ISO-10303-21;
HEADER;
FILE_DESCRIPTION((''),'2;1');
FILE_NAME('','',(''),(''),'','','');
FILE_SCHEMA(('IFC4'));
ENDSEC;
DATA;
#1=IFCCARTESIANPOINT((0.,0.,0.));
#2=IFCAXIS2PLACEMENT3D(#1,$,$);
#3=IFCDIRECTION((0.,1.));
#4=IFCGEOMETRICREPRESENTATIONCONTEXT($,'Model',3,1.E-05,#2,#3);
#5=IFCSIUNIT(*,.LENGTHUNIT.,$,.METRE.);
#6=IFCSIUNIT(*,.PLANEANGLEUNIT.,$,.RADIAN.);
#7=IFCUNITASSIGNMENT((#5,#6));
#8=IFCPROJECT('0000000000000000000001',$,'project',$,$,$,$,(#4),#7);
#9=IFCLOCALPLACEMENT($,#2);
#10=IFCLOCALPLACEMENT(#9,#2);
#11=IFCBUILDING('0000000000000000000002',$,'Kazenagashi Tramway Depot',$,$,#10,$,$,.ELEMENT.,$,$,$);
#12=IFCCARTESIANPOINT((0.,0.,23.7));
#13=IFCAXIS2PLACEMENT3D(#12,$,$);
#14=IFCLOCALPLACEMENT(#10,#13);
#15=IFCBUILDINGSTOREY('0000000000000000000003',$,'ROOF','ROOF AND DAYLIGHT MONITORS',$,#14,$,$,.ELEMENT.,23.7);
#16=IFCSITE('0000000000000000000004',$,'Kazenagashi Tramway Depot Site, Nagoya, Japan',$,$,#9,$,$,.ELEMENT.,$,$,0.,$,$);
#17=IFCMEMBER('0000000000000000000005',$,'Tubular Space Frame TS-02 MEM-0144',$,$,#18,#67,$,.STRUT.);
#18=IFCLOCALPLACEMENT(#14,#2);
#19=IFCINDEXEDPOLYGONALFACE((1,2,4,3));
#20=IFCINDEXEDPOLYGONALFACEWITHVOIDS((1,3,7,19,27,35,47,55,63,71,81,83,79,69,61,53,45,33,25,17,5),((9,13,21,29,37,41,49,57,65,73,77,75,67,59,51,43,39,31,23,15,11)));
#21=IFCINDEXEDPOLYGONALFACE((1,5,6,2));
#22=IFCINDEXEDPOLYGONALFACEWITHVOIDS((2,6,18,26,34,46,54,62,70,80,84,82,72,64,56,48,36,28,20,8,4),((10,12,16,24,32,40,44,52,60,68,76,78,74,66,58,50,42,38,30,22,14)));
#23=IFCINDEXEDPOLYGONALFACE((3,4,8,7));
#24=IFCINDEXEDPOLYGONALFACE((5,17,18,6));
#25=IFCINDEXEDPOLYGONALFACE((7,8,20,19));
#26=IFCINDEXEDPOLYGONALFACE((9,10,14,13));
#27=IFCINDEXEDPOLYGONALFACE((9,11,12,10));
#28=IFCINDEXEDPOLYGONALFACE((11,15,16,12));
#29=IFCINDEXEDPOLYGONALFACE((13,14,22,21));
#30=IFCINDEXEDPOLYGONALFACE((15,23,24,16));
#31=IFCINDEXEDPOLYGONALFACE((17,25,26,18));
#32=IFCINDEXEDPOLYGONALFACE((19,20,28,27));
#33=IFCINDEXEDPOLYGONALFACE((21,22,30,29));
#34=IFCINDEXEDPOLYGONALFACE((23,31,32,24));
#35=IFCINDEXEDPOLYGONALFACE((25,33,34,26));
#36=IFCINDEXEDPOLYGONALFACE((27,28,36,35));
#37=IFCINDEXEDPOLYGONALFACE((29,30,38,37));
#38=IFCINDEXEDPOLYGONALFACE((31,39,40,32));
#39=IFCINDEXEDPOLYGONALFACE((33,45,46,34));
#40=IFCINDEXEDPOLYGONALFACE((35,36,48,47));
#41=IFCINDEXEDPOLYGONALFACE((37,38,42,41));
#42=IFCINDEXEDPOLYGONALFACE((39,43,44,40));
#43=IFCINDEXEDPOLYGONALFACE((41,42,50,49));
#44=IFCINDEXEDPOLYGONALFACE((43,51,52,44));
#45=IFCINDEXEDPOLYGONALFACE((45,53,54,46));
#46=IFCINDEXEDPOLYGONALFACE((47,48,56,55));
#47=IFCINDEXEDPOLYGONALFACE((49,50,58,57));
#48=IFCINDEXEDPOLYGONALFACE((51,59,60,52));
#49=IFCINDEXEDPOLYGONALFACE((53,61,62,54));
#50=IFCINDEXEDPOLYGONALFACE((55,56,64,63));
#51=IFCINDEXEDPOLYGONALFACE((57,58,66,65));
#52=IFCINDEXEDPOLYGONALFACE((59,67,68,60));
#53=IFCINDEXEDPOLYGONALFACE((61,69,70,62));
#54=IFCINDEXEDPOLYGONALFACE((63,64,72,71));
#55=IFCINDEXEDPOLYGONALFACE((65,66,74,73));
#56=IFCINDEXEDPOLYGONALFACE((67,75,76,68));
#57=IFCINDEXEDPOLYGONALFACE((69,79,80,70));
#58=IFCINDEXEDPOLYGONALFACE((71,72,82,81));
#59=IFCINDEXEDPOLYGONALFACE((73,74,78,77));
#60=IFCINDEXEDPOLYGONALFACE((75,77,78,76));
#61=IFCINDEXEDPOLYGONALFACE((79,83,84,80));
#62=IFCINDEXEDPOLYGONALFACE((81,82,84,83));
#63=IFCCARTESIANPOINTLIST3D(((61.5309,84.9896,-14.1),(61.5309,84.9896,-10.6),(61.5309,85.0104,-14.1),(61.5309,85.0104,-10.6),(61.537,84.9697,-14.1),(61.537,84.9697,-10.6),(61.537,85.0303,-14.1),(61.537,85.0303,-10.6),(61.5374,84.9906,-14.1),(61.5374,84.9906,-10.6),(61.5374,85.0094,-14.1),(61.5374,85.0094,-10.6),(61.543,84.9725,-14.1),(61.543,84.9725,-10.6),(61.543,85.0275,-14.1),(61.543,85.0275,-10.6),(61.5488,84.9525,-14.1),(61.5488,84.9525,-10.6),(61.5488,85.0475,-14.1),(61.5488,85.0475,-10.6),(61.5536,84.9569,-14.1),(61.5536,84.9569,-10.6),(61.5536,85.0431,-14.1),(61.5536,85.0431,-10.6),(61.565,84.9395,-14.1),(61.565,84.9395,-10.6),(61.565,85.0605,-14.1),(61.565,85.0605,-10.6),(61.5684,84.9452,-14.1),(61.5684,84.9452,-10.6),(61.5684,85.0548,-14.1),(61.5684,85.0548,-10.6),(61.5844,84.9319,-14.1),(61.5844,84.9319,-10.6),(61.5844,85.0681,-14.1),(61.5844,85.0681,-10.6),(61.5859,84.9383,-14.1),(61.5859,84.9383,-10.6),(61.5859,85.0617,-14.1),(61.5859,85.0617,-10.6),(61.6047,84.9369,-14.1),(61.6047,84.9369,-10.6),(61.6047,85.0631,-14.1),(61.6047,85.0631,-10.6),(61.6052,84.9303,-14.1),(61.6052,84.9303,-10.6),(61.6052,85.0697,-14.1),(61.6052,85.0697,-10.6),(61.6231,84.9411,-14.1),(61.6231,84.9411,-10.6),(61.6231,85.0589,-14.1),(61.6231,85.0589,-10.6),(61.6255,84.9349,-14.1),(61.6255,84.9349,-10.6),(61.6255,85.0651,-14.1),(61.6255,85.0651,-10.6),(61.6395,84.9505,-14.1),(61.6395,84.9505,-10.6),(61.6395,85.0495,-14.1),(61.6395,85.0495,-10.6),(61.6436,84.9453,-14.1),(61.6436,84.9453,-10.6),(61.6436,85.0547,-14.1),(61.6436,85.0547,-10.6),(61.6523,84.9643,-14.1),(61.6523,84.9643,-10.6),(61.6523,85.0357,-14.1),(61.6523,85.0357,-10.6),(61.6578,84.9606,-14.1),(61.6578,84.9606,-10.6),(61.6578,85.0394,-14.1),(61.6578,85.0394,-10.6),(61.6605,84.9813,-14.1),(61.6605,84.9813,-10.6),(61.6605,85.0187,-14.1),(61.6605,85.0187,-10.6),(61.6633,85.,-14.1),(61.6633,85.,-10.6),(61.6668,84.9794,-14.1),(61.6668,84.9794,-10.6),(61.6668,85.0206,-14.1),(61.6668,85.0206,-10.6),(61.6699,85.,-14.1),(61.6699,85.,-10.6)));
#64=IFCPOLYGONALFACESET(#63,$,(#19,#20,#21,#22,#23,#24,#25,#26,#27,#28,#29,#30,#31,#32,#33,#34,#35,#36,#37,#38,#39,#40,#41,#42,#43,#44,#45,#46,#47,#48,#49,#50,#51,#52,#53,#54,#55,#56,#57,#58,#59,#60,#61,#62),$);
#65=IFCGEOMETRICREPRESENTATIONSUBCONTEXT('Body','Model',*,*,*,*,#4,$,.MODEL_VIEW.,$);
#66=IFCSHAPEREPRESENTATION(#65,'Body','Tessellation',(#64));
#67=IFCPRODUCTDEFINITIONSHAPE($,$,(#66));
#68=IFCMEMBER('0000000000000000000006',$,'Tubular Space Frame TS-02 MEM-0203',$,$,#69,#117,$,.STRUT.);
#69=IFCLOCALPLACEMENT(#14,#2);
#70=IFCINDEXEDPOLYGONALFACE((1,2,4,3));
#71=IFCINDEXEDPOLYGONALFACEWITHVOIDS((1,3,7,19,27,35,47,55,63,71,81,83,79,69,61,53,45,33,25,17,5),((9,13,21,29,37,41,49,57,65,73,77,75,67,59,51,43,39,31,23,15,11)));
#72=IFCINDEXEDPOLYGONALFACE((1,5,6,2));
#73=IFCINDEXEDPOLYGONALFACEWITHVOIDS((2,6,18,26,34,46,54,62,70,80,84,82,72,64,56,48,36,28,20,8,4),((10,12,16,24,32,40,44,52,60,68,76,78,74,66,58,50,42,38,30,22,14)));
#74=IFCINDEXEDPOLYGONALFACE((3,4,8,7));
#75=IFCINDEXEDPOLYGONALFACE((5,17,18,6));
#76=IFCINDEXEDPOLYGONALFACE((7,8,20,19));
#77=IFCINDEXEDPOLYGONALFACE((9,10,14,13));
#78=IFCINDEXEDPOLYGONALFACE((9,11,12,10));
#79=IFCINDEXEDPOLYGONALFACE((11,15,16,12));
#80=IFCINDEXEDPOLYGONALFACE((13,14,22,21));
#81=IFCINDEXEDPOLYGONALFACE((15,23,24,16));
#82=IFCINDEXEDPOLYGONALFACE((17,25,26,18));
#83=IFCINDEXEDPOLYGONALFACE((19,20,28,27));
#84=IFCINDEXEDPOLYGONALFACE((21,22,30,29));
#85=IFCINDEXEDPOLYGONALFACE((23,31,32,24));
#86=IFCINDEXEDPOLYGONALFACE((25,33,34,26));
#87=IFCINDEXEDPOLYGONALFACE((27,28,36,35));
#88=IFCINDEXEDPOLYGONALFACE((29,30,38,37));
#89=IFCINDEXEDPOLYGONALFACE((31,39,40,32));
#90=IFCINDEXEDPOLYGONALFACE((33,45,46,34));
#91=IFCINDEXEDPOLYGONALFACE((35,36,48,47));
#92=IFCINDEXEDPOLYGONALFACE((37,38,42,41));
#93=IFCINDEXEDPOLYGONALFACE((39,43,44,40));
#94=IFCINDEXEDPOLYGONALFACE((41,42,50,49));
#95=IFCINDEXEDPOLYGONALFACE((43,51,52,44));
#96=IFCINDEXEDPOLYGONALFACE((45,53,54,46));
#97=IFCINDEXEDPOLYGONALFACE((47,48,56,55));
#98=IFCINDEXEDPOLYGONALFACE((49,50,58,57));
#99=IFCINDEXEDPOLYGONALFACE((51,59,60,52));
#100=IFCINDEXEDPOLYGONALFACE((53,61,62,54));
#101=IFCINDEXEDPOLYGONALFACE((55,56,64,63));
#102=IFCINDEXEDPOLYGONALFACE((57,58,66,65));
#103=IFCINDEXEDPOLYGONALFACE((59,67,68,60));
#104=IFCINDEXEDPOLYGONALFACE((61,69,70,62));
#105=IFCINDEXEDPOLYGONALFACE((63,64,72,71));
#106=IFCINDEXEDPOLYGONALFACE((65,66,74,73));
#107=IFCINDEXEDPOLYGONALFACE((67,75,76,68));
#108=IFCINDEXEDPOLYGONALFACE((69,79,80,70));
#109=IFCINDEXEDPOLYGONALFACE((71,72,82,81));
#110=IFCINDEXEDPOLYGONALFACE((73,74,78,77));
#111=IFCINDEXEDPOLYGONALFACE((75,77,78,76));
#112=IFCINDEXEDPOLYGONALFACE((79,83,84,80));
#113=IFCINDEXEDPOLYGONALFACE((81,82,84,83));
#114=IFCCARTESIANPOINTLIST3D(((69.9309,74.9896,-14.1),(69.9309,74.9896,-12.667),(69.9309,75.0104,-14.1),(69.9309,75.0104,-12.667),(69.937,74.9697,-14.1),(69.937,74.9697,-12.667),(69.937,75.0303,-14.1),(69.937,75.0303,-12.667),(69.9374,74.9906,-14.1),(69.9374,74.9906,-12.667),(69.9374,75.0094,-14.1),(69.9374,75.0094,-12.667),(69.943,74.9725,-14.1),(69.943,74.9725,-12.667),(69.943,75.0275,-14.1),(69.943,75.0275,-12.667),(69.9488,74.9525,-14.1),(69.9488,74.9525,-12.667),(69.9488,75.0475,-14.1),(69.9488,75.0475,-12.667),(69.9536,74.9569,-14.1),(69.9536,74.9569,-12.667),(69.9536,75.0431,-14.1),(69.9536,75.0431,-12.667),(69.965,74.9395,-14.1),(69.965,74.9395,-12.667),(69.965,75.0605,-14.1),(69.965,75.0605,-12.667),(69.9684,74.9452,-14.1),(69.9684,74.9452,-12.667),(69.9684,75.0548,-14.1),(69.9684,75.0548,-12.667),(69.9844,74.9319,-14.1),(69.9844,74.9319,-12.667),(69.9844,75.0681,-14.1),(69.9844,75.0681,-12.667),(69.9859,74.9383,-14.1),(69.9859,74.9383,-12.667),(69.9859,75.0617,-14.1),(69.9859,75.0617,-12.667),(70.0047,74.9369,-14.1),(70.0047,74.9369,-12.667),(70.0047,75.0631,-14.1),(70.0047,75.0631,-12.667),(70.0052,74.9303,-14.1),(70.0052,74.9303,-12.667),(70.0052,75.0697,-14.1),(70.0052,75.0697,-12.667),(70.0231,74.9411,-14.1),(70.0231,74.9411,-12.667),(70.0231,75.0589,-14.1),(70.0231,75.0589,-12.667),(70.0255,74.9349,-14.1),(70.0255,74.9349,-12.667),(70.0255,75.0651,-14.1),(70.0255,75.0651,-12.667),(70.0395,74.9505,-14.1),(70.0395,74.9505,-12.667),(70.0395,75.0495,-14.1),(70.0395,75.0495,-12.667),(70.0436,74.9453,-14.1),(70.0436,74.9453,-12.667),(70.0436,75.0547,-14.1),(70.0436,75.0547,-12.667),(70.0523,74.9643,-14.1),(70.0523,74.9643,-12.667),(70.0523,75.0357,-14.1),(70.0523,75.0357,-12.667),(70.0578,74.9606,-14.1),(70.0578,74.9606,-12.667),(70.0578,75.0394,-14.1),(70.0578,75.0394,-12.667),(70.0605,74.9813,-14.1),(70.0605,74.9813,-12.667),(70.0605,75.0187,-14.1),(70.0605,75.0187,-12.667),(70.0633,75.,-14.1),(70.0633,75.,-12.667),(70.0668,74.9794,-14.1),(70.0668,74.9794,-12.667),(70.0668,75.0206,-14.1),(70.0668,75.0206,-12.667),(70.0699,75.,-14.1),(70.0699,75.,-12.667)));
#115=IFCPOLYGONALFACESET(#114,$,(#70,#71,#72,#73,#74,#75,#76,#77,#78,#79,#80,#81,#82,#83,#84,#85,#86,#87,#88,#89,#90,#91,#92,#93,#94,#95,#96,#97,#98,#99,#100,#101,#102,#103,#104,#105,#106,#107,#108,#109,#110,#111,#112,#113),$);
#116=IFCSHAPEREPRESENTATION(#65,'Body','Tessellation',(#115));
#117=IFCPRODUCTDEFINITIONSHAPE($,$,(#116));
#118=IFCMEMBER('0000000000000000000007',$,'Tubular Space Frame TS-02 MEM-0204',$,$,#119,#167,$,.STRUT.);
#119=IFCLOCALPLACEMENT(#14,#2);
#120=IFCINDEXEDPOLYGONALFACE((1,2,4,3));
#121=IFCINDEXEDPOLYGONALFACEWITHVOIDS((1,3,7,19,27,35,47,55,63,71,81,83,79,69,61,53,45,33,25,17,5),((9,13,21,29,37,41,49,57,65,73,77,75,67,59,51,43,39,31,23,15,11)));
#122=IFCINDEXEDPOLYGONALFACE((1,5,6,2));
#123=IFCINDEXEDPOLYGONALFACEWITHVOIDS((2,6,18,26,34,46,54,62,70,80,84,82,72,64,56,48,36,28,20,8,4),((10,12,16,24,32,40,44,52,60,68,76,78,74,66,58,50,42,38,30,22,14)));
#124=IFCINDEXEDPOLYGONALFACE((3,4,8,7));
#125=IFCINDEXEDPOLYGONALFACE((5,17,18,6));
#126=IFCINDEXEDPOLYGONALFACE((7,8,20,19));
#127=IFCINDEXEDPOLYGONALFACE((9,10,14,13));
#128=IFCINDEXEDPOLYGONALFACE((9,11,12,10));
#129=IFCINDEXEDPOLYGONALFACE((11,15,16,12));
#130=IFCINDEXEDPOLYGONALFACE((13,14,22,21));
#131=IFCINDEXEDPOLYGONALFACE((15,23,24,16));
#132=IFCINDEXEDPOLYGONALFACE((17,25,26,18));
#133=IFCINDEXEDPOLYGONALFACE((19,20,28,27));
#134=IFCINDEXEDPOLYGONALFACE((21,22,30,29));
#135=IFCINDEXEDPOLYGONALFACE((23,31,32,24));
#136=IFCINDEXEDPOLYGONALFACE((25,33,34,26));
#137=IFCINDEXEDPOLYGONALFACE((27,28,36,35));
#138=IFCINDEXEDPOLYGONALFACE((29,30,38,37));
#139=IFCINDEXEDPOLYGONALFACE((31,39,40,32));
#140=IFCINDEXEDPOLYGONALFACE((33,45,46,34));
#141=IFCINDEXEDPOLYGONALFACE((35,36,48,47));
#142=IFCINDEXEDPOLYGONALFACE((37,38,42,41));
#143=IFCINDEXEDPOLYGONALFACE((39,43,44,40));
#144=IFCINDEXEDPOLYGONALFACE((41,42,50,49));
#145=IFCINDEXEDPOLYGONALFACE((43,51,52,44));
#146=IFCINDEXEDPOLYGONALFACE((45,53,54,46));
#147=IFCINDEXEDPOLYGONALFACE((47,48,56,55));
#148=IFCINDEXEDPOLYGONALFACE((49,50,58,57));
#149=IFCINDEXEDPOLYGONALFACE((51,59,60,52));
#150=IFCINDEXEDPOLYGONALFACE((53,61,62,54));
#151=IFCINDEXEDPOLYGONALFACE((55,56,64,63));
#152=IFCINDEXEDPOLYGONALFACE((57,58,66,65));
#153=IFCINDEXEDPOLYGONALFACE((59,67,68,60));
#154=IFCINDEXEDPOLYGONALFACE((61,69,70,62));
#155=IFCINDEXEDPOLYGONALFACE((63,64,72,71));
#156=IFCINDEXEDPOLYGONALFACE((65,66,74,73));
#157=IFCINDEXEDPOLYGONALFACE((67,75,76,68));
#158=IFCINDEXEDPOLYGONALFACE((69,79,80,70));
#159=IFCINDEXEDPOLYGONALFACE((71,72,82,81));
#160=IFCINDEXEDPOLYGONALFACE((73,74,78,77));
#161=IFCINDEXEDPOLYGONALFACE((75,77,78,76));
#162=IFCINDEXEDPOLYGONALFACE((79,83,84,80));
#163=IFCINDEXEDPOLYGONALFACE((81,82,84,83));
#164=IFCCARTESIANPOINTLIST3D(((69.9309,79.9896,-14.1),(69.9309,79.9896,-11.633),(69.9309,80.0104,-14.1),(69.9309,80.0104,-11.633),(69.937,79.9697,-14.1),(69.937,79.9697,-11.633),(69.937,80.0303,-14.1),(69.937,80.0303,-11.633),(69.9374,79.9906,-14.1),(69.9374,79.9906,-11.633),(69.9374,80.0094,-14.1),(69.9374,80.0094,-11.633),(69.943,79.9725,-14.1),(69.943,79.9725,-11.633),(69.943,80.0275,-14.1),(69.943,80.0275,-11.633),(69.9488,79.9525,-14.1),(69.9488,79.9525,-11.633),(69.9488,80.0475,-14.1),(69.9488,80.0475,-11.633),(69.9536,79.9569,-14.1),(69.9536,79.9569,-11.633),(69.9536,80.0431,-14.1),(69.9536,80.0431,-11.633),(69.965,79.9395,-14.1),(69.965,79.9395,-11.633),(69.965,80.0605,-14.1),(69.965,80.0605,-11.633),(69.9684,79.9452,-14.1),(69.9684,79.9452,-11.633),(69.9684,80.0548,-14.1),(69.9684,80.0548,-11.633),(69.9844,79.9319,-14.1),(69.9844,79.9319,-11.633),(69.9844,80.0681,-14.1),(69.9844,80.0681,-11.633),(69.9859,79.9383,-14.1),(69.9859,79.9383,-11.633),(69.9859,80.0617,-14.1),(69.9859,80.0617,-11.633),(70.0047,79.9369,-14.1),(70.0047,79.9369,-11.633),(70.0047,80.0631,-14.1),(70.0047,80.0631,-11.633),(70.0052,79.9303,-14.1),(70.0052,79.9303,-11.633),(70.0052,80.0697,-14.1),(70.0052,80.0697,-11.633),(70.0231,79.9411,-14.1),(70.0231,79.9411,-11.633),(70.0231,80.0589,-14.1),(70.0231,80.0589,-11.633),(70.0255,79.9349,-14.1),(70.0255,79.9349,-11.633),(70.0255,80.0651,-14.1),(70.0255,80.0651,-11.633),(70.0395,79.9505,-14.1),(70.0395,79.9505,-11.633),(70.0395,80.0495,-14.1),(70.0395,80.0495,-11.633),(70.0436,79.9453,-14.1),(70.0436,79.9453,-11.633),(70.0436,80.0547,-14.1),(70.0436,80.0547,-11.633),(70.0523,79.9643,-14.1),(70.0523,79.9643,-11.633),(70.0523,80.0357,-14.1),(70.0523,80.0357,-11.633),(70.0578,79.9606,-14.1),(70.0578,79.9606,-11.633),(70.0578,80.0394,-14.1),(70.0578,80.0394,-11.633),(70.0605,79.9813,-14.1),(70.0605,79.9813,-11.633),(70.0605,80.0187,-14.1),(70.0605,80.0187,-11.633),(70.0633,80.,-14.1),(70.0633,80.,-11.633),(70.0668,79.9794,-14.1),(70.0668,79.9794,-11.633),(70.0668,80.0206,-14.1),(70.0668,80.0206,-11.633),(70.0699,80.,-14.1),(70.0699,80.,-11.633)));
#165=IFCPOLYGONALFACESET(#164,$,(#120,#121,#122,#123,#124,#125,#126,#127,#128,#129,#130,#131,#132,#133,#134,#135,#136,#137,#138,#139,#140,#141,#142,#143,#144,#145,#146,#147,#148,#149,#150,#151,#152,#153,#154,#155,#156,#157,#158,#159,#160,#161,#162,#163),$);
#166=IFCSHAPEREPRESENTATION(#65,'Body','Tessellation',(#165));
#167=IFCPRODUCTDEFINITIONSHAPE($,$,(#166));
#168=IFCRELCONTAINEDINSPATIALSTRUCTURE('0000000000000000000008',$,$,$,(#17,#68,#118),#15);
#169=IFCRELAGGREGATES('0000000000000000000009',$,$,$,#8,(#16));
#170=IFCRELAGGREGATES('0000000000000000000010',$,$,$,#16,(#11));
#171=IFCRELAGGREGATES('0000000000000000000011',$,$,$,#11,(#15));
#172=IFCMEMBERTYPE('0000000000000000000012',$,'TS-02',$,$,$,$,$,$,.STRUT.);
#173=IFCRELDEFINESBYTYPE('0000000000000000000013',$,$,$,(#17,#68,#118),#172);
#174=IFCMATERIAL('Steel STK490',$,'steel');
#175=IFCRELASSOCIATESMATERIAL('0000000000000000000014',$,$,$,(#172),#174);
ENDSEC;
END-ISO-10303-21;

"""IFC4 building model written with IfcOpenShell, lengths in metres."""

from ifc_helpers import new_model, si_unit, direction, frame, origin, origin_2d, place, context, subcontext, project, spatial, hollow_circle, extrude, material, material_profile, profile_set, type_object, element, save


model = new_model("IFC4")

# Units and contexts
model_context = context("Model", 3, precision=1e-05, world=origin(), true_north=direction((0.0, 1.0)))
body_context = subcontext(model_context, "Body", "Model", "MODEL_VIEW")
ifc_project = project(units=[si_unit("LENGTHUNIT", "METRE"), si_unit("PLANEANGLEUNIT", "RADIAN")], contexts=[model_context])

# Site, building, storey
site_placement = place(None, origin())
site = spatial("IfcSite", under=ifc_project, at=site_placement, Name="Kazenagashi Tramway Depot Site, Nagoya, Japan", CompositionType="ELEMENT", RefElevation=0.0)
building_placement = place(site_placement, origin())
building = spatial("IfcBuilding", under=site, at=building_placement, Name="Kazenagashi Tramway Depot", CompositionType="ELEMENT")
storey_placement = place(building_placement, frame((0.0, 0.0, 23.7)))
storey = spatial("IfcBuildingStorey", under=building, at=storey_placement, Name="ROOF", Description="ROOF AND DAYLIGHT MONITORS", CompositionType="ELEMENT", Elevation=23.7)

# Members
ifc_material_1 = material(Name="Steel STK490", Category="steel")
ifc_material_profile_1 = material_profile(ifc_material_1, hollow_circle(Radius=0.0699, WallThickness=0.0066, at=origin_2d()), Name="CHS-139.8x6.6")
ifc_profile_set_1 = profile_set([ifc_material_profile_1], Name="Steel STK490")
member_type_1 = type_object("IfcMemberType", Name="TS-02", PredefinedType="STRUT", material=ifc_profile_set_1)
member_1_placement = place(storey_placement, frame((61.6, 85.0, -14.1), z_axis=(0.0, 0.0, 1.0), x_axis=(1.0, 0.0, 0.0)))
element("IfcMember", 1, at=member_1_placement, inside=storey, type_object=member_type_1, Name="Tubular Space Frame TS-02 MEM-0144", PredefinedType="STRUT", context=body_context, shape_type="SweptSolid", body=[
    extrude(hollow_circle(Radius=0.0699, WallThickness=0.0066, at=origin_2d()), origin(), (0.0, 0.0, 1.0), 3.5),
])
member_2_placement = place(storey_placement, frame((70.0, 75.0, -14.1), z_axis=(0.0, 0.0, 1.0), x_axis=(1.0, 0.0, 0.0)))
element("IfcMember", 2, at=member_2_placement, inside=storey, type_object=member_type_1, Name="Tubular Space Frame TS-02 MEM-0203", PredefinedType="STRUT", context=body_context, shape_type="SweptSolid", body=[
    extrude(hollow_circle(Radius=0.0699, WallThickness=0.0066, at=origin_2d()), origin(), (0.0, 0.0, 1.0), 1.433),
])
member_3_placement = place(storey_placement, frame((70.0, 80.0, -14.1), z_axis=(0.0, 0.0, 1.0), x_axis=(1.0, 0.0, 0.0)))
element("IfcMember", 3, at=member_3_placement, inside=storey, type_object=member_type_1, Name="Tubular Space Frame TS-02 MEM-0204", PredefinedType="STRUT", context=body_context, shape_type="SweptSolid", body=[
    extrude(hollow_circle(Radius=0.0699, WallThickness=0.0066, at=origin_2d()), origin(), (0.0, 0.0, 1.0), 2.467),
])

save(model, "model.ifc")
